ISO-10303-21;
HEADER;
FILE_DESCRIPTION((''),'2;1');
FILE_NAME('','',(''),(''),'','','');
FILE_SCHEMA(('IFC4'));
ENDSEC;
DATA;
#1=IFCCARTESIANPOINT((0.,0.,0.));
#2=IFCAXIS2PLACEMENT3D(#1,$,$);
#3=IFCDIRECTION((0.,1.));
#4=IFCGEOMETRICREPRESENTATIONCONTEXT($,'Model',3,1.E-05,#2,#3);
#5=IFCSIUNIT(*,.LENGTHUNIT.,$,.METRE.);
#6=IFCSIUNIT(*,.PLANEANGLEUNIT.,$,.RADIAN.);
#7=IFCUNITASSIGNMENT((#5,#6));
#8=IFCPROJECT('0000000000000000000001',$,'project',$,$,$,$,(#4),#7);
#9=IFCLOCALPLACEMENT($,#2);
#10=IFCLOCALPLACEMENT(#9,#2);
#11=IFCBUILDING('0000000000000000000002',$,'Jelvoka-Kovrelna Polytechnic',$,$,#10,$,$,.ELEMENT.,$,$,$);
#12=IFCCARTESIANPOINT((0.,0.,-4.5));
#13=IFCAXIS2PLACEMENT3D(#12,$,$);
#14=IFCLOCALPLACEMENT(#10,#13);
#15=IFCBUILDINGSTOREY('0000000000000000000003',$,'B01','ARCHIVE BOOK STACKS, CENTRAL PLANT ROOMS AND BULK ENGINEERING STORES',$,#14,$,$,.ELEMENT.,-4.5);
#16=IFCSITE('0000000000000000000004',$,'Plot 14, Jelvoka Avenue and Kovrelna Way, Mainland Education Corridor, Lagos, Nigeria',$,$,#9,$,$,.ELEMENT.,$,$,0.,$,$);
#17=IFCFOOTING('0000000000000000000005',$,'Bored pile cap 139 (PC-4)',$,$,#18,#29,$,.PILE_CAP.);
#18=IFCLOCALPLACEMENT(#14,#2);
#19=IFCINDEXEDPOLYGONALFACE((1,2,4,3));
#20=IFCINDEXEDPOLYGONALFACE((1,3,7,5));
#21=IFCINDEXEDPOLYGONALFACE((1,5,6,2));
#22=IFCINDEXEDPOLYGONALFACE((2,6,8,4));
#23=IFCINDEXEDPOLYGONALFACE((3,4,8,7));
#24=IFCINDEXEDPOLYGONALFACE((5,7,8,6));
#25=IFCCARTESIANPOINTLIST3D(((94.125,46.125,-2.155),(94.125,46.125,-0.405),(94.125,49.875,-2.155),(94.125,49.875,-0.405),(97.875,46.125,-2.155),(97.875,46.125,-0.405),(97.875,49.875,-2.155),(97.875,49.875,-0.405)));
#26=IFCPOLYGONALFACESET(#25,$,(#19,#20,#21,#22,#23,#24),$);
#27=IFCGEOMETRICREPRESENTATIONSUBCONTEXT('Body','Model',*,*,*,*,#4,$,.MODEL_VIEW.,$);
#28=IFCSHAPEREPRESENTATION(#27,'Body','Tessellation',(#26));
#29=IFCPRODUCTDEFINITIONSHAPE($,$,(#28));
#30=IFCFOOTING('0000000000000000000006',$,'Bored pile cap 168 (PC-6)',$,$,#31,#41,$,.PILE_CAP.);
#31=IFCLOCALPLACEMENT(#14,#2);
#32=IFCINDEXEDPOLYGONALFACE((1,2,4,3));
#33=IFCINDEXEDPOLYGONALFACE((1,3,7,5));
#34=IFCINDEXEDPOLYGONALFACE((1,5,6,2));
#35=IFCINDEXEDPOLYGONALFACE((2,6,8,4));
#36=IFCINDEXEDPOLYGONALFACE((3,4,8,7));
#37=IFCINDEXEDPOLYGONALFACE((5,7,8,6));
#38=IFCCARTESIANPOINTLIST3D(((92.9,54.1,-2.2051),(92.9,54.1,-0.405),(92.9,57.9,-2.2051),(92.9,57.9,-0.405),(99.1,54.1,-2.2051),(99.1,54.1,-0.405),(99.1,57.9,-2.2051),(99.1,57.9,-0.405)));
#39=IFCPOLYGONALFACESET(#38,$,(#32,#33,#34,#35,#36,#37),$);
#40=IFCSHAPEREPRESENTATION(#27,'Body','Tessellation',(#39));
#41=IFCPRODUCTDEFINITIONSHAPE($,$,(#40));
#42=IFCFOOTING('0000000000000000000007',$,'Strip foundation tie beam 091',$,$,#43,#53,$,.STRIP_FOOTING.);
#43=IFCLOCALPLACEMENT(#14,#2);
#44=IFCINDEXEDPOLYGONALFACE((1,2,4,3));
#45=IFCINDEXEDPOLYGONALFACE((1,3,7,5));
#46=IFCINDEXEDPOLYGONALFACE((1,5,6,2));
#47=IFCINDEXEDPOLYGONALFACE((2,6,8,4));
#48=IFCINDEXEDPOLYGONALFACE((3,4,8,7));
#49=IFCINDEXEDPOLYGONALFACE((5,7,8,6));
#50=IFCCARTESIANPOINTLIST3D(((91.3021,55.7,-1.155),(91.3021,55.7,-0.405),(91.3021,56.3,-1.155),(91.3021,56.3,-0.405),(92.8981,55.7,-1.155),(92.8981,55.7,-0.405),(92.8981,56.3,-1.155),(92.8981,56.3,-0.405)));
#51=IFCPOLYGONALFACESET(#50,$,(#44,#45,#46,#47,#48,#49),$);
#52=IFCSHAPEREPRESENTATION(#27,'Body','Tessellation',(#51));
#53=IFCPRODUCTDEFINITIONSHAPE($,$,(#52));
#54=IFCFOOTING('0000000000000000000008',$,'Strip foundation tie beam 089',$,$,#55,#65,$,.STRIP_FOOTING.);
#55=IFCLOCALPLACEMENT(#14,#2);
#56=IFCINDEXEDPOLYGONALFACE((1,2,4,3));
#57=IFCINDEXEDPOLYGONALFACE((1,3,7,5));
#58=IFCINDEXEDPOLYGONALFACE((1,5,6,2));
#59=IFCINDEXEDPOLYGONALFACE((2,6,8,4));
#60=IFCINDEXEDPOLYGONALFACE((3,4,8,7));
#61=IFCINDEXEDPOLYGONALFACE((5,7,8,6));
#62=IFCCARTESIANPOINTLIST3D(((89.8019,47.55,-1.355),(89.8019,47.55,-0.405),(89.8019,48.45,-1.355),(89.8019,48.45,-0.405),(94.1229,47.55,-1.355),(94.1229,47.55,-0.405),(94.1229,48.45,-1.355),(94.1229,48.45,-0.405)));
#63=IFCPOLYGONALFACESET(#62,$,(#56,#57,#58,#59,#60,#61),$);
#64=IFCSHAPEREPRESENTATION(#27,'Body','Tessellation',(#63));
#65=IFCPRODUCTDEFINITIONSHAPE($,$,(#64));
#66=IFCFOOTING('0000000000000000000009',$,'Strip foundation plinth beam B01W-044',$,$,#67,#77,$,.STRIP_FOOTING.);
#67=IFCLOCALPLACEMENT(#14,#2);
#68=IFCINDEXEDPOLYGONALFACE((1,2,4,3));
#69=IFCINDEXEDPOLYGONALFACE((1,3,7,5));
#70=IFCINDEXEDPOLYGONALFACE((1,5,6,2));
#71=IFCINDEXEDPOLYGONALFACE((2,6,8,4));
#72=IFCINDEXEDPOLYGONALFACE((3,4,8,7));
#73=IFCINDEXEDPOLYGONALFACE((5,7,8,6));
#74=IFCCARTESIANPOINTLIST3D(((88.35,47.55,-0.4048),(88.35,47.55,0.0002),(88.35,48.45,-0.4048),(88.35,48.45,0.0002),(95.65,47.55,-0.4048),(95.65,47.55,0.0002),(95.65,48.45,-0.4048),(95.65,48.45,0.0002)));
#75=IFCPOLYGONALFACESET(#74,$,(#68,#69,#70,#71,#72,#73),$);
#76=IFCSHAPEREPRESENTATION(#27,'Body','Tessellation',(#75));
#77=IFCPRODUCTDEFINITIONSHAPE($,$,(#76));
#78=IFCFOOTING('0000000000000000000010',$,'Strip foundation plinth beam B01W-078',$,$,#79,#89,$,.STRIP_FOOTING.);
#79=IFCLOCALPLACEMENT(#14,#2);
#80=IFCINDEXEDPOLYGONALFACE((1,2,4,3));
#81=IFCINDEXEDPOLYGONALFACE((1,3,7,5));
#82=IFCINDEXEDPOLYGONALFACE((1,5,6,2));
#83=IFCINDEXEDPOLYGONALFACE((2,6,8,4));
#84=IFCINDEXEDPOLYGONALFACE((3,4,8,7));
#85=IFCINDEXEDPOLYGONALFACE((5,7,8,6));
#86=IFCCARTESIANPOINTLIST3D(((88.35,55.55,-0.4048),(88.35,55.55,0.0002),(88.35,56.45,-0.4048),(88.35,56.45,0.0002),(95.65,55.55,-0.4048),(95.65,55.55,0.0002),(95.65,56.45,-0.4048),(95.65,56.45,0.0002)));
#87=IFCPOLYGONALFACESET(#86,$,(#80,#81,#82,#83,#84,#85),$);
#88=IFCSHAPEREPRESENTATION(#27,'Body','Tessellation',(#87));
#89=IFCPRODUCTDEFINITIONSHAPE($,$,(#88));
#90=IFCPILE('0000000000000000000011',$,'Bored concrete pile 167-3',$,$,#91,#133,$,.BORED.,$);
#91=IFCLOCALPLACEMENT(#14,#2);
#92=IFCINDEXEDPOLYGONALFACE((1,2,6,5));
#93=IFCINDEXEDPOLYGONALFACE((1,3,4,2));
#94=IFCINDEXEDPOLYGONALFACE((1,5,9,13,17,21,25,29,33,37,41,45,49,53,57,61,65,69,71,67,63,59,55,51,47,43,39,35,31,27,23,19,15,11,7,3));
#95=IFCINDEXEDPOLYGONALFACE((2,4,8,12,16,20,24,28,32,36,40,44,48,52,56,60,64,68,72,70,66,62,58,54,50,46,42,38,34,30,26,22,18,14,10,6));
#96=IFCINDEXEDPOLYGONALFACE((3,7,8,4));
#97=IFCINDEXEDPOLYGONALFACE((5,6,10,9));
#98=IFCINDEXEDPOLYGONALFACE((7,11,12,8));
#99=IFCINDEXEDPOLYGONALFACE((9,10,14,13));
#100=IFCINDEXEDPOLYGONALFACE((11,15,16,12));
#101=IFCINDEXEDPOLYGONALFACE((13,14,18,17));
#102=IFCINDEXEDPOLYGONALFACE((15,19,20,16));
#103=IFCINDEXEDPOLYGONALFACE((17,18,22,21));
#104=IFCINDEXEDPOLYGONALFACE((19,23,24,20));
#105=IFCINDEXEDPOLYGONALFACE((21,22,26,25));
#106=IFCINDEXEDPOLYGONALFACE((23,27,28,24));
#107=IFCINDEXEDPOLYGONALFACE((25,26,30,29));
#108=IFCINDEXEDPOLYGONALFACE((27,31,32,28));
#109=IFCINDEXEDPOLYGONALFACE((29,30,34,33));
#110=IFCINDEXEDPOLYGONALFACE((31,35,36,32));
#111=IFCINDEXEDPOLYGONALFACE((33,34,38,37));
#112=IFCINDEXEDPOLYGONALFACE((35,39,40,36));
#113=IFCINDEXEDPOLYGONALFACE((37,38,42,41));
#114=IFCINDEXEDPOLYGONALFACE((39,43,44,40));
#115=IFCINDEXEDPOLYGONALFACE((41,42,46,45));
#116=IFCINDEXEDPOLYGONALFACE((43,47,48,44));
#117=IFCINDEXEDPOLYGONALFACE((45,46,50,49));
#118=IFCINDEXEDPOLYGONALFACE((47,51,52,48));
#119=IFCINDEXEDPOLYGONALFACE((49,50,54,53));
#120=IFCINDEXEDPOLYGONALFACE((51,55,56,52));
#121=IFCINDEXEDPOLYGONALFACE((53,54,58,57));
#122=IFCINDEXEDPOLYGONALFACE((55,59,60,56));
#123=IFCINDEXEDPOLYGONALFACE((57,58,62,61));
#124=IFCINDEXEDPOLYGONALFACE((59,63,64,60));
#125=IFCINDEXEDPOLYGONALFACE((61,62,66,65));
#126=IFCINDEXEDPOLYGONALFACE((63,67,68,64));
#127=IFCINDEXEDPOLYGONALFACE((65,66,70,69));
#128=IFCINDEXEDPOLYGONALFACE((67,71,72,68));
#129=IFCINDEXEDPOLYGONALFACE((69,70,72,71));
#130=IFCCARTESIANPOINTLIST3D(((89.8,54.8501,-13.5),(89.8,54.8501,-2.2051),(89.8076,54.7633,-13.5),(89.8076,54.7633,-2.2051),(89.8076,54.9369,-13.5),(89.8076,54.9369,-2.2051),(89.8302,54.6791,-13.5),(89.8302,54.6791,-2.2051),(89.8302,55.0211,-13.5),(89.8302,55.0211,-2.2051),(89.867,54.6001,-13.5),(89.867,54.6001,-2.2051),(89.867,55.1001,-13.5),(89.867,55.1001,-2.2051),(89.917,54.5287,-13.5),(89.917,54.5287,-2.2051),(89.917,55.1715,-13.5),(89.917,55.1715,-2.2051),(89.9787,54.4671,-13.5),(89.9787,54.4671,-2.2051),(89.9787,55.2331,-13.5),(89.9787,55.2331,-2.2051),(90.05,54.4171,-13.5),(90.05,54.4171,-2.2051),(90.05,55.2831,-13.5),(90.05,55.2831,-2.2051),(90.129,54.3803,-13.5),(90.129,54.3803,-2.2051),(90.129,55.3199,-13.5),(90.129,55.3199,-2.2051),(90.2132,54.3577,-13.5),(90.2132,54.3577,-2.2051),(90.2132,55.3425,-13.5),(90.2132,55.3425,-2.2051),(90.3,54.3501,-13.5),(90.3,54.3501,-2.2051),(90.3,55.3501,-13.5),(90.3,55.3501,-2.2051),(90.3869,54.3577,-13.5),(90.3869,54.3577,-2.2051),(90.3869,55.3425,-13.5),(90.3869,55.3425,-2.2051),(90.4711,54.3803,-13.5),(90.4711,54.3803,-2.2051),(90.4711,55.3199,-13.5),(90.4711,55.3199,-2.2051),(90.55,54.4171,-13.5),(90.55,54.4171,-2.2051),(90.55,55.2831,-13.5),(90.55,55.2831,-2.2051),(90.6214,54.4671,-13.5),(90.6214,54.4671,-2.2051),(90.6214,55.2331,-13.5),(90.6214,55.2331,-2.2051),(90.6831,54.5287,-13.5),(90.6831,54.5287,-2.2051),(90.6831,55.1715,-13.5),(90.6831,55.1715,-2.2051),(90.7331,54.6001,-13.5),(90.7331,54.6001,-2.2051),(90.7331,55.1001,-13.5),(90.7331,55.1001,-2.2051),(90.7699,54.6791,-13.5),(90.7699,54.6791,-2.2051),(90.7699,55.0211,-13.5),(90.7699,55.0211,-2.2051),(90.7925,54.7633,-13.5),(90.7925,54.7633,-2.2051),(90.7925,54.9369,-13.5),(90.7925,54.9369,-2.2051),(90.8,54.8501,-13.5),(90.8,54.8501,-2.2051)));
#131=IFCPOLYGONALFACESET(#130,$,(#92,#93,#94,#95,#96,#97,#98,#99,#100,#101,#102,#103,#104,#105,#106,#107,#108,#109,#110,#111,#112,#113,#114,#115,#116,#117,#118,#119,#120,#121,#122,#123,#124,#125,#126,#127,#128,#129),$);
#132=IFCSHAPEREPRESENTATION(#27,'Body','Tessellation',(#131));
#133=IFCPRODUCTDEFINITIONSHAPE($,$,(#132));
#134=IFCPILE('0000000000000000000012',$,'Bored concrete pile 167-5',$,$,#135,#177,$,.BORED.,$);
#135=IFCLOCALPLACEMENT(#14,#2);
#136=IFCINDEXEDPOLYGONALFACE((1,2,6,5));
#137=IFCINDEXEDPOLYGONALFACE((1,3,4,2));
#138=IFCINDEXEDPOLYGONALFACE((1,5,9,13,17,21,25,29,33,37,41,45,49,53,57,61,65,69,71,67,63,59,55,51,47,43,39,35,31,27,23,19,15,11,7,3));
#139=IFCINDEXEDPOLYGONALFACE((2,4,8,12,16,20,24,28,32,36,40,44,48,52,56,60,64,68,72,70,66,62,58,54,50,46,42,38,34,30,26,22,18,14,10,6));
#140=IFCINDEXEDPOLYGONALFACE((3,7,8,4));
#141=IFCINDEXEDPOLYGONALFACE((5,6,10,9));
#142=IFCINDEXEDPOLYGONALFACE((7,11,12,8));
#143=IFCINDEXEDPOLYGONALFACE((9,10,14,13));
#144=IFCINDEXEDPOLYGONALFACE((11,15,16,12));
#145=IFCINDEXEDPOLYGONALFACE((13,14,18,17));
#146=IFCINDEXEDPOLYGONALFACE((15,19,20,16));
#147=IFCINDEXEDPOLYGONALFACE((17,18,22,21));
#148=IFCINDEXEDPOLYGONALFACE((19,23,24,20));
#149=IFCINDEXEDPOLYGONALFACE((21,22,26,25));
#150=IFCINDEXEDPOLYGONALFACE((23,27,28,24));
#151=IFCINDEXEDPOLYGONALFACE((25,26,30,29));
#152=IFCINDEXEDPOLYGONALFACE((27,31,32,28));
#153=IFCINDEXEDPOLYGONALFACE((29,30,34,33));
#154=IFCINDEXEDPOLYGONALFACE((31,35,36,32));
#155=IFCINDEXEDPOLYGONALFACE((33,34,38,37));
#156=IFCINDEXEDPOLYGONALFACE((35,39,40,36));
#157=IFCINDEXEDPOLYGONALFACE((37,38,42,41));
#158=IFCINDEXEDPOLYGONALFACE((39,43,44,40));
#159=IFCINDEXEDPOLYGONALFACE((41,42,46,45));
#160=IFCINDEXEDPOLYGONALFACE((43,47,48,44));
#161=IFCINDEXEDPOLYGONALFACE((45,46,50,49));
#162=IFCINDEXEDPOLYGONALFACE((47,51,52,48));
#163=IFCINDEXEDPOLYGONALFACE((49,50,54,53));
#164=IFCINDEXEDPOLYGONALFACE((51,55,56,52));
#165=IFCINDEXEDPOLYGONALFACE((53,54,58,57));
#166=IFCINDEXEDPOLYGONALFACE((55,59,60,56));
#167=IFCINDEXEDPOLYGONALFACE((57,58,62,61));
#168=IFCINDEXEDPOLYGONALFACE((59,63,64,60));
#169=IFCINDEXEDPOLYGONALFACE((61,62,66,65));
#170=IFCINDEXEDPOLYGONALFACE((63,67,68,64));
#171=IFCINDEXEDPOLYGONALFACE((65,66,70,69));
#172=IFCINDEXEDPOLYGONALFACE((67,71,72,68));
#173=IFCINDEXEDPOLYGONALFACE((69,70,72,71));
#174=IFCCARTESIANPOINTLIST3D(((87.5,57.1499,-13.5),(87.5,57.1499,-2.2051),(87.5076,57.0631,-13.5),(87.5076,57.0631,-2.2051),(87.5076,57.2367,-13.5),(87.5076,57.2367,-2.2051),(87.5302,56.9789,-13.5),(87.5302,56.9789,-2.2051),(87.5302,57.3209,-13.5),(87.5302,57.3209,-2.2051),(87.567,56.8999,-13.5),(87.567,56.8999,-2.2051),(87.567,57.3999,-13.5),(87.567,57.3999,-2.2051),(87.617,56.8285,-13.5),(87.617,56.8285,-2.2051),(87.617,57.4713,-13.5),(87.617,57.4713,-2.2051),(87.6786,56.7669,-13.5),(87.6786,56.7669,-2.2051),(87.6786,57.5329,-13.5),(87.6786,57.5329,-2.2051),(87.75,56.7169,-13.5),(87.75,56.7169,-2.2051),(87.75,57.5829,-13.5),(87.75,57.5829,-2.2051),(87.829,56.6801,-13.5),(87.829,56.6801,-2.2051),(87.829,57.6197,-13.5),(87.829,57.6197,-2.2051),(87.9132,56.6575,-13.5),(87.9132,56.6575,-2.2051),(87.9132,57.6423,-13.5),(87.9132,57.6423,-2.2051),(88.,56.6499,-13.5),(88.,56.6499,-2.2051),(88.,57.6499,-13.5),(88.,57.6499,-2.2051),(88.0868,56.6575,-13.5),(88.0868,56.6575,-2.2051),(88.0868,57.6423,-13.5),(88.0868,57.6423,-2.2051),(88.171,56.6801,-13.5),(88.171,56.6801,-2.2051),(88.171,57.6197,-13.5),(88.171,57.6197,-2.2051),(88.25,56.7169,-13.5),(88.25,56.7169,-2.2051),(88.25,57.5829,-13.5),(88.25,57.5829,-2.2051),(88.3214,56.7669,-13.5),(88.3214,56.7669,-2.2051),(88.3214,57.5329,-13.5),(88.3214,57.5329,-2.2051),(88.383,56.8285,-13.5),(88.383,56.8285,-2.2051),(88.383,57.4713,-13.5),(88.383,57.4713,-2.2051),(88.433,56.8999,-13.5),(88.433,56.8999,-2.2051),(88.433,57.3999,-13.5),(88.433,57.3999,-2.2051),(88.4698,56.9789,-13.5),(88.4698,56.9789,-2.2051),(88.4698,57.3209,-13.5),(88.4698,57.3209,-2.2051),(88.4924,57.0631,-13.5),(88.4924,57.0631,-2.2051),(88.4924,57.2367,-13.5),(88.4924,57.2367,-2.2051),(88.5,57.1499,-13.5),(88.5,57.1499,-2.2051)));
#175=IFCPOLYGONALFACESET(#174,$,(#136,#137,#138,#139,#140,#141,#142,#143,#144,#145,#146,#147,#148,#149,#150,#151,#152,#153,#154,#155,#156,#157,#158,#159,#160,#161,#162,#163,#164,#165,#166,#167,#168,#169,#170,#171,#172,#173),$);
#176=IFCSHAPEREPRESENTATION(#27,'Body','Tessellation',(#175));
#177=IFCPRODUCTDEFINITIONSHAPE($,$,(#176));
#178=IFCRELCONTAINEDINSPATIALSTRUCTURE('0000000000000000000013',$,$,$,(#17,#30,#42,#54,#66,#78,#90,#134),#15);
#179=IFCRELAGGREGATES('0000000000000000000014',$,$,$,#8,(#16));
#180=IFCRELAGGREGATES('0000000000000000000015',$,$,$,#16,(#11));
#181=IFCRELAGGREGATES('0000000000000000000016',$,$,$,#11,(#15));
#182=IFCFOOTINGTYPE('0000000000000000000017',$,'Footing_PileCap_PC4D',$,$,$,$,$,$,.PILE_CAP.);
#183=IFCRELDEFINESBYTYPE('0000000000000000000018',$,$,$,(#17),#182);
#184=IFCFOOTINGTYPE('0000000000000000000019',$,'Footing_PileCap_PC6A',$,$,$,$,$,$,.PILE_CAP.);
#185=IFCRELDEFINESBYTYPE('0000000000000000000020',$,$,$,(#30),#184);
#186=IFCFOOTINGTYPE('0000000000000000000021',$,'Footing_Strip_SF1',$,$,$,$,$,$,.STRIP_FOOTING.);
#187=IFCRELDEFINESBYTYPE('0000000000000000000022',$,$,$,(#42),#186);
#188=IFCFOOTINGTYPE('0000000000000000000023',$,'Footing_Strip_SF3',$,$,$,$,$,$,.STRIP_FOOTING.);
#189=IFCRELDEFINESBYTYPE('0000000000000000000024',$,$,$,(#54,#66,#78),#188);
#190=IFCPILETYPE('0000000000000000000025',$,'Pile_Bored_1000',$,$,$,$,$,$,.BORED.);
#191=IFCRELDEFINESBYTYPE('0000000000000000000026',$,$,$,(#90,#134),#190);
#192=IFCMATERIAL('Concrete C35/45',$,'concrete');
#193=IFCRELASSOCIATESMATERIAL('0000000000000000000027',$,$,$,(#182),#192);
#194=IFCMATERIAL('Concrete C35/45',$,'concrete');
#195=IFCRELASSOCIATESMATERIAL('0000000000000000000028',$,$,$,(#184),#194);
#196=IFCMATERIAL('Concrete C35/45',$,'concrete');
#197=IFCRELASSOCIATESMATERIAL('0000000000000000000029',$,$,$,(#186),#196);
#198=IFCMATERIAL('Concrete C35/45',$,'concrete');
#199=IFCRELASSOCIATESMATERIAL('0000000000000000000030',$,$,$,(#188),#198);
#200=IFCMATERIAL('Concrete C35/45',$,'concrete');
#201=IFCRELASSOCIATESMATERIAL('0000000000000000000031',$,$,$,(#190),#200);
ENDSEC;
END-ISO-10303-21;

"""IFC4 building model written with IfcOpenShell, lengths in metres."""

from ifc_helpers import new_model, si_unit, direction, frame, origin, origin_2d, place, context, subcontext, project, spatial, rectangle, circle, extrude, material, material_profile, profile_set, type_object, element, save


model = new_model("IFC4")

# Units and contexts
model_context = context("Model", 3, precision=1e-05, world=origin(), true_north=direction((0.0, 1.0)))
body_context = subcontext(model_context, "Body", "Model", "MODEL_VIEW")
ifc_project = project(units=[si_unit("LENGTHUNIT", "METRE"), si_unit("PLANEANGLEUNIT", "RADIAN")], contexts=[model_context])

# Site, building, storey
site_placement = place(None, origin())
site = spatial("IfcSite", under=ifc_project, at=site_placement, Name="Plot 14, Jelvoka Avenue and Kovrelna Way, Mainland Education Corridor, Lagos, Nigeria", CompositionType="ELEMENT", RefElevation=0.0)
building_placement = place(site_placement, origin())
building = spatial("IfcBuilding", under=site, at=building_placement, Name="Jelvoka-Kovrelna Polytechnic", CompositionType="ELEMENT")
storey_placement = place(building_placement, frame((0.0, 0.0, -4.5)))
storey = spatial("IfcBuildingStorey", under=building, at=storey_placement, Name="B01", Description="ARCHIVE BOOK STACKS, CENTRAL PLANT ROOMS AND BULK ENGINEERING STORES", CompositionType="ELEMENT", Elevation=-4.5)

# Footings
ifc_material_1 = material(Name="Concrete C35/45", Category="concrete")
footing_type_1 = type_object("IfcFootingType", Name="Footing_PileCap_PC4D", PredefinedType="PILE_CAP", material=ifc_material_1)
footing_1_placement = place(storey_placement, frame((96.0, 48.0, -2.155), z_axis=(0.0, 0.0, 1.0), x_axis=(1.0, 0.0, 0.0)))
element("IfcFooting", 1, at=footing_1_placement, inside=storey, type_object=footing_type_1, Name="Bored pile cap 139 (PC-4)", PredefinedType="PILE_CAP", context=body_context, shape_type="SweptSolid", body=[
    extrude(rectangle(XDim=3.75, YDim=3.75, at=origin_2d()), origin(), (0.0, 0.0, 1.0), 1.75),
])
ifc_material_2 = material(Name="Concrete C35/45", Category="concrete")
footing_type_2 = type_object("IfcFootingType", Name="Footing_PileCap_PC6A", PredefinedType="PILE_CAP", material=ifc_material_2)
footing_2_placement = place(storey_placement, frame((96.0, 56.0, -2.2051), z_axis=(0.0, 0.0, 1.0), x_axis=(1.0, 0.0, 0.0)))
element("IfcFooting", 2, at=footing_2_placement, inside=storey, type_object=footing_type_2, Name="Bored pile cap 168 (PC-6)", PredefinedType="PILE_CAP", context=body_context, shape_type="SweptSolid", body=[
    extrude(rectangle(XDim=6.2, YDim=3.8, at=origin_2d()), origin(), (0.0, 0.0, 1.0), 1.8),
])
ifc_material_3 = material(Name="Concrete C35/45", Category="concrete")
footing_type_3 = type_object("IfcFootingType", Name="Footing_Strip_SF1", PredefinedType="STRIP_FOOTING", material=ifc_material_3)
footing_3_placement = place(storey_placement, frame((92.1001, 56.0, -1.155), z_axis=(0.0, 0.0, 1.0), x_axis=(1.0, 0.0, 0.0)))
element("IfcFooting", 3, at=footing_3_placement, inside=storey, type_object=footing_type_3, Name="Strip foundation tie beam 091", PredefinedType="STRIP_FOOTING", context=body_context, shape_type="SweptSolid", body=[
    extrude(rectangle(XDim=1.5959, YDim=0.6001, at=origin_2d()), origin(), (0.0, 0.0, 1.0), 0.75),
])
ifc_material_4 = material(Name="Concrete C35/45", Category="concrete")
footing_type_4 = type_object("IfcFootingType", Name="Footing_Strip_SF3", PredefinedType="STRIP_FOOTING", material=ifc_material_4)
footing_4_placement = place(storey_placement, frame((91.9624, 48.0, -1.355), z_axis=(0.0, 0.0, 1.0), x_axis=(1.0, 0.0, 0.0)))
element("IfcFooting", 4, at=footing_4_placement, inside=storey, type_object=footing_type_4, Name="Strip foundation tie beam 089", PredefinedType="STRIP_FOOTING", context=body_context, shape_type="SweptSolid", body=[
    extrude(rectangle(XDim=4.321, YDim=0.8999, at=origin_2d()), origin(), (0.0, 0.0, 1.0), 0.95),
])
for number, where, z_axis, x_axis, name in (
    (5, (92.0, 48.0, -0.4048), (0.0, 0.0, 1.0), (1.0, 0.0, 0.0), "Strip foundation plinth beam B01W-044"),
    (6, (92.0, 56.0, -0.4048), (0.0, 0.0, 1.0), (1.0, 0.0, 0.0), "Strip foundation plinth beam B01W-078"),
):
    element("IfcFooting", number, at=place(storey_placement, frame(where, z_axis=z_axis, x_axis=x_axis)), inside=storey, type_object=footing_type_4, Name=name, PredefinedType="STRIP_FOOTING", context=body_context, shape_type="SweptSolid", body=[
        extrude(rectangle(XDim=7.3, YDim=0.8999, at=origin_2d()), origin(), (0.0, 0.0, 1.0), 0.405),
    ])

# Piles
ifc_material_5 = material(Name="Concrete C35/45", Category="concrete")
ifc_material_profile_1 = material_profile(ifc_material_5, circle(Radius=0.5, at=origin_2d()), Name="PILE D1000")
ifc_profile_set_1 = profile_set([ifc_material_profile_1], Name="Concrete C35/45")
pile_type_1 = type_object("IfcPileType", Name="Pile_Bored_1000", PredefinedType="BORED", material=ifc_profile_set_1)
for number, where, z_axis, x_axis, name in (
    (7, (90.3, 54.8501, -2.2051), (0.0, 0.0, -1.0), (1.0, 0.0, 0.0), "Bored concrete pile 167-3"),
    (8, (88.0, 57.1499, -2.2051), (0.0, 0.0, -1.0), (1.0, 0.0, 0.0), "Bored concrete pile 167-5"),
):
    element("IfcPile", number, at=place(storey_placement, frame(where, z_axis=z_axis, x_axis=x_axis)), inside=storey, type_object=pile_type_1, Name=name, PredefinedType="BORED", context=body_context, shape_type="SweptSolid", body=[
        extrude(circle(Radius=0.5, at=origin_2d()), origin(), (0.0, 0.0, 1.0), 11.2949),
    ])

save(model, "model.ifc")
